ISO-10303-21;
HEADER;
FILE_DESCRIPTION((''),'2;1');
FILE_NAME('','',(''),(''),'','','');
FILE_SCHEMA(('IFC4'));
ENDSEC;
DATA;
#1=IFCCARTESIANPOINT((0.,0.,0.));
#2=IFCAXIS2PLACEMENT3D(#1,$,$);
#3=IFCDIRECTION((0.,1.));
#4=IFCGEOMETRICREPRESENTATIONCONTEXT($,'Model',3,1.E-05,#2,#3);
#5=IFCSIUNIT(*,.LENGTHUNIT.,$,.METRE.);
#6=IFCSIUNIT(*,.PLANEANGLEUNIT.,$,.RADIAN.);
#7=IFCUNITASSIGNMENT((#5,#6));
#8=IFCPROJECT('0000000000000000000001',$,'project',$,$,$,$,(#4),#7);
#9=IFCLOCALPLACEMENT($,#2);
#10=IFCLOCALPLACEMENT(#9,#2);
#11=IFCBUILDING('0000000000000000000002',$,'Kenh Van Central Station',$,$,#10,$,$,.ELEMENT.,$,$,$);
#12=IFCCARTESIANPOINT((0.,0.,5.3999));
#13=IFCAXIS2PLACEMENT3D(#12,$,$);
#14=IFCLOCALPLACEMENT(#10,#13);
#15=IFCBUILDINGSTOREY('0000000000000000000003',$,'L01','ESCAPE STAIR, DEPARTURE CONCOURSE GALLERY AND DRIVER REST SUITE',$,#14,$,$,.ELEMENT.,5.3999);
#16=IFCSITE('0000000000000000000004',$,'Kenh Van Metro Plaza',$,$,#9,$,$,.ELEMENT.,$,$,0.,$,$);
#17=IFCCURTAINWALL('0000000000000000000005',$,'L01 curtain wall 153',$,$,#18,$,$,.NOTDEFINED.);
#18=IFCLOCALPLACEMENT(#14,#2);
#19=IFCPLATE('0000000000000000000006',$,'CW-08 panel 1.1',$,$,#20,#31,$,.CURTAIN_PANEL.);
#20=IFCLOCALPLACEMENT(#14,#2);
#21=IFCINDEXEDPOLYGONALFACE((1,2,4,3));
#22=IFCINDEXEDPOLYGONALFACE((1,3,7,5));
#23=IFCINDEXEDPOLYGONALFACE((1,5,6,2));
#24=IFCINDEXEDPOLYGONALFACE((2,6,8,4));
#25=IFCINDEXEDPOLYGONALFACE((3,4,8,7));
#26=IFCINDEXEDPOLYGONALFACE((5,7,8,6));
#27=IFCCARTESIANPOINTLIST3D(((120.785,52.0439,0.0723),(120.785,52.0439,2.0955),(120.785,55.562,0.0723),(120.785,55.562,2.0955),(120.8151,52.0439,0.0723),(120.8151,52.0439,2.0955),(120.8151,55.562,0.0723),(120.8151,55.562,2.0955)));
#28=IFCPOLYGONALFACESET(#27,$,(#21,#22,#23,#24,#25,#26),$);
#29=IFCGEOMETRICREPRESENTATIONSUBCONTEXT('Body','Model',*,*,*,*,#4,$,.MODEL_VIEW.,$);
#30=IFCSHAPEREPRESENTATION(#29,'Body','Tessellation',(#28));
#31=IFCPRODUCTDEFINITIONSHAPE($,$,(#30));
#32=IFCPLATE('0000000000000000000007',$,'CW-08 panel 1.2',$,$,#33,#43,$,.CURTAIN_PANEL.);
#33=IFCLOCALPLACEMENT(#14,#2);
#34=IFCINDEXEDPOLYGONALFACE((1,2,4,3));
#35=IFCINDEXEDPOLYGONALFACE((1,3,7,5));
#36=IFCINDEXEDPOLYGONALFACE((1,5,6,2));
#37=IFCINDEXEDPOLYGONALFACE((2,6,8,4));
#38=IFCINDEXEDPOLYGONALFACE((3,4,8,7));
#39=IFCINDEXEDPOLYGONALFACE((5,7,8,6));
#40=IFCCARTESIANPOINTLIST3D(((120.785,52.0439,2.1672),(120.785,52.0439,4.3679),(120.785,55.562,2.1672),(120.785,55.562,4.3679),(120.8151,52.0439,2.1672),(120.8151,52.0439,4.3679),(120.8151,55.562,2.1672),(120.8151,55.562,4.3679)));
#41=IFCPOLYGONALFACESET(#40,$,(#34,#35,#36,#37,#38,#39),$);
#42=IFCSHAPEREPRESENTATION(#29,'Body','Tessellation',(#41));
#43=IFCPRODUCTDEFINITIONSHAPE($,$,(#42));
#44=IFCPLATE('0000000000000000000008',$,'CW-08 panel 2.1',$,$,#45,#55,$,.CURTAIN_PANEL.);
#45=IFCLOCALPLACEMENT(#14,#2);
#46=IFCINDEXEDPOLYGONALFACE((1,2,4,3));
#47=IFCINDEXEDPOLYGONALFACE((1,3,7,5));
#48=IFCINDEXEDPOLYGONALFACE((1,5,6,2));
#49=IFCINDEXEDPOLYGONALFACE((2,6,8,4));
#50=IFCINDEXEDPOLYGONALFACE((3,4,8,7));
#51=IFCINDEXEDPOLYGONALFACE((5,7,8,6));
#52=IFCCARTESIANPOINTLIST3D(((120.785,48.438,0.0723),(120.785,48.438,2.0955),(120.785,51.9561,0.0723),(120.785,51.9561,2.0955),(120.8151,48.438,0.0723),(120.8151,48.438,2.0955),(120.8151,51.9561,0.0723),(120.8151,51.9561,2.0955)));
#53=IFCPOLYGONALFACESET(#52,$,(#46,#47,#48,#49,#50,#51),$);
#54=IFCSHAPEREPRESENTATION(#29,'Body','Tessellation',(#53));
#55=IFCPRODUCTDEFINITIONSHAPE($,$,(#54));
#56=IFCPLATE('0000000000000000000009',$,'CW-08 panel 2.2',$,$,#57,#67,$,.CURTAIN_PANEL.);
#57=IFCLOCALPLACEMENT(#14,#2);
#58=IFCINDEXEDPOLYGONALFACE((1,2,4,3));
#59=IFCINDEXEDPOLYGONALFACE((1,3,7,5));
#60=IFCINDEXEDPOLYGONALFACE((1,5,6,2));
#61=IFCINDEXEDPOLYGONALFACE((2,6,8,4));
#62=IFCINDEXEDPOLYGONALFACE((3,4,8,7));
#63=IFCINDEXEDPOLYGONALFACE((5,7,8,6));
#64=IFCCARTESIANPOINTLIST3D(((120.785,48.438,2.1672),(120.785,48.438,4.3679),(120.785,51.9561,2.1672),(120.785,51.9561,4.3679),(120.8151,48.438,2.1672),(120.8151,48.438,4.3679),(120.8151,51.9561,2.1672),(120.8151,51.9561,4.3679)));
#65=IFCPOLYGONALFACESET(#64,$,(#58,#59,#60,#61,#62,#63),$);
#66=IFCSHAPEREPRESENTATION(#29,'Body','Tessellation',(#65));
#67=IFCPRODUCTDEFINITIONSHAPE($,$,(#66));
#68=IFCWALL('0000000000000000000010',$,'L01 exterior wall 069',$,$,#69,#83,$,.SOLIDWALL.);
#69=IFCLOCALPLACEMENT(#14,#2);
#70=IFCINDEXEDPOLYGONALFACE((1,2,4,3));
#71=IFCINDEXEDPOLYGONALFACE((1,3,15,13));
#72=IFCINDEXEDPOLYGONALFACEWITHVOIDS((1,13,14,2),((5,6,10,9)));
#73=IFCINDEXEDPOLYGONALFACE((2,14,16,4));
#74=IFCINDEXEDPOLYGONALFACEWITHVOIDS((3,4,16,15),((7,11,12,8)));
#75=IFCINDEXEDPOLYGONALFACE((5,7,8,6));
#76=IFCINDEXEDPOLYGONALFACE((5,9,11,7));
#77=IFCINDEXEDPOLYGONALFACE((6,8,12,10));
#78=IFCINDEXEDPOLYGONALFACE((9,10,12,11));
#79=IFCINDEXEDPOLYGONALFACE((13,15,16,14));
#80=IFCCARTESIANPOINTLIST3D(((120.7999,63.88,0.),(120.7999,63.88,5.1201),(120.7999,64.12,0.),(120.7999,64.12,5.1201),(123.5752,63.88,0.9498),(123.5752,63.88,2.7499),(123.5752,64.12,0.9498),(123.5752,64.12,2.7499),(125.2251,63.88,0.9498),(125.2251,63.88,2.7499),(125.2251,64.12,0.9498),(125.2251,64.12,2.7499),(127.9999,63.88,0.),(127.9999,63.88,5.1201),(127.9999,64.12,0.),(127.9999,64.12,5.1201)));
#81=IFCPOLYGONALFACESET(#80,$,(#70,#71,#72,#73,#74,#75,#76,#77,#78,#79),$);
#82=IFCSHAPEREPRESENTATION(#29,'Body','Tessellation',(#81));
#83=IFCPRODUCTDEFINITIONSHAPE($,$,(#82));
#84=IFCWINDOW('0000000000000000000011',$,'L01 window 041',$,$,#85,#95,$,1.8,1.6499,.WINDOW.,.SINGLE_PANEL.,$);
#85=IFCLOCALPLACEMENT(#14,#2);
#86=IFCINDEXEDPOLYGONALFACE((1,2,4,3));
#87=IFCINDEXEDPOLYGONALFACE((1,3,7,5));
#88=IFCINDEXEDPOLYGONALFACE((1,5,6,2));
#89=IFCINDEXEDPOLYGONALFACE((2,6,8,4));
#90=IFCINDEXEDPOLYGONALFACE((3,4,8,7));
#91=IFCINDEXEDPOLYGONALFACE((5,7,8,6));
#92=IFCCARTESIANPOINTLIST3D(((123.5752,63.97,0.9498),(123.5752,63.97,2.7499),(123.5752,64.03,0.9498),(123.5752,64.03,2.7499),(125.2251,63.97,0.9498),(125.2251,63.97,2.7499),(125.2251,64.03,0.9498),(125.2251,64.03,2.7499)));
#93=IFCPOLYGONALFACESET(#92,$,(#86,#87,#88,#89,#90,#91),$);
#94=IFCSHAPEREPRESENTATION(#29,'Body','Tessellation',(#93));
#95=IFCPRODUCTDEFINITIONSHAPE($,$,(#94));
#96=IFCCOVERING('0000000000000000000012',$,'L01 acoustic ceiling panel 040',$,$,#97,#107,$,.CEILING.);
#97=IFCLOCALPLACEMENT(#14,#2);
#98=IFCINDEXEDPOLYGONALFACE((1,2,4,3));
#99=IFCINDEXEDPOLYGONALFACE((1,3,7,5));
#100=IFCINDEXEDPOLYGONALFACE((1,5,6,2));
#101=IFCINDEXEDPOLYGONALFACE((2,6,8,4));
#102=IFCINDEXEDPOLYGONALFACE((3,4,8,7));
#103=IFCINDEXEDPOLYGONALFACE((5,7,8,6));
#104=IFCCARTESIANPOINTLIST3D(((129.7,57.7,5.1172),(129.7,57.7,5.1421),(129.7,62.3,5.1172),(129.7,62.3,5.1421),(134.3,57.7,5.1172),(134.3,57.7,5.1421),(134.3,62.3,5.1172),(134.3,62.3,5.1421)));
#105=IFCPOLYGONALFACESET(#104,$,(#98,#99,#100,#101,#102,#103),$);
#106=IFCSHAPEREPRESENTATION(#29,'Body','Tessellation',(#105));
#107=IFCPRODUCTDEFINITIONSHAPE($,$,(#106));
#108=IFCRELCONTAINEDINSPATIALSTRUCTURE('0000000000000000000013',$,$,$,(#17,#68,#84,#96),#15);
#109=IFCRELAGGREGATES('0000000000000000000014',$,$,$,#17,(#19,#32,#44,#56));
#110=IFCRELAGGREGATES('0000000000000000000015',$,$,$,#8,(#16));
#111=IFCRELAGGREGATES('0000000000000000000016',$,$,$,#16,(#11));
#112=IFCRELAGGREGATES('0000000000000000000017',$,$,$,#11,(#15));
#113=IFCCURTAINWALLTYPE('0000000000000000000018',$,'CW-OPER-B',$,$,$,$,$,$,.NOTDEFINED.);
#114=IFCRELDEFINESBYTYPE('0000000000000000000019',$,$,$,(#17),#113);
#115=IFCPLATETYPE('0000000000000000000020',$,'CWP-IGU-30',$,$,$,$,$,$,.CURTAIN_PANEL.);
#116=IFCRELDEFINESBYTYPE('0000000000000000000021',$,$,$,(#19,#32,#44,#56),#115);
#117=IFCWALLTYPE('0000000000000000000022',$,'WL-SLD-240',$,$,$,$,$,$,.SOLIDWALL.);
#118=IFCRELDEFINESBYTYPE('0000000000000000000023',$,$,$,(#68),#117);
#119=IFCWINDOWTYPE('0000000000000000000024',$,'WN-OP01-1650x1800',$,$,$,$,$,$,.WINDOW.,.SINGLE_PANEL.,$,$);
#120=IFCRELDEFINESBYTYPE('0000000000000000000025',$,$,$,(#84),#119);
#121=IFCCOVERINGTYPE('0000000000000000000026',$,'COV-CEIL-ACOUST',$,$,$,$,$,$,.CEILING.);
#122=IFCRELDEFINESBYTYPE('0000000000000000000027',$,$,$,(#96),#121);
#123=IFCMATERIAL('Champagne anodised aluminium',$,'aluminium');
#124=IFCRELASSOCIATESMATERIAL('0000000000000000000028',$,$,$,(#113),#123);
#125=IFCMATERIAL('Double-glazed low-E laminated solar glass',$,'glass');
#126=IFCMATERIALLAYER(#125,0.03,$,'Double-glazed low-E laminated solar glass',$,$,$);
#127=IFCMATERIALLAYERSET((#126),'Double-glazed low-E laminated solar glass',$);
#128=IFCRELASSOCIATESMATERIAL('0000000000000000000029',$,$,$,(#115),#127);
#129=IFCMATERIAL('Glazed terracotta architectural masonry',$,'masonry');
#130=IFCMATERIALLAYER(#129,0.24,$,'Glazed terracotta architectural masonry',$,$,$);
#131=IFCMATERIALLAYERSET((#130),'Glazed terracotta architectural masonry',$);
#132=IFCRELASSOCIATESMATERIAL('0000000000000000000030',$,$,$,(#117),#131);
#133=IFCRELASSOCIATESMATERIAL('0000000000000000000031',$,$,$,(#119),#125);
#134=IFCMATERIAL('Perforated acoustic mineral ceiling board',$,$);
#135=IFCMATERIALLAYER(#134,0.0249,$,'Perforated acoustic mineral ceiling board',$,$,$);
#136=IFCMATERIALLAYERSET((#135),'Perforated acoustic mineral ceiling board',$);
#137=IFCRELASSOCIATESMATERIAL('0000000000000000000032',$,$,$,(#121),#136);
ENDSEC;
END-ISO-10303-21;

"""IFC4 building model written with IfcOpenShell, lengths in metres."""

from ifc_helpers import new_model, si_unit, direction, frame, frame_2d, origin, origin_2d, place, context, subcontext, project, spatial, rectangle, extrude, material, layer, layer_set, type_object, element, fill, aggregate, save


model = new_model("IFC4")

# Units and contexts
model_context = context("Model", 3, precision=1e-05, world=origin(), true_north=direction((0.0, 1.0)))
body_context = subcontext(model_context, "Body", "Model", "MODEL_VIEW")
ifc_project = project(units=[si_unit("LENGTHUNIT", "METRE"), si_unit("PLANEANGLEUNIT", "RADIAN")], contexts=[model_context])

# Site, building, storey
site_placement = place(None, origin())
site = spatial("IfcSite", under=ifc_project, at=site_placement, Name="Kenh Van Metro Plaza", CompositionType="ELEMENT", RefElevation=0.0)
building_placement = place(site_placement, origin())
building = spatial("IfcBuilding", under=site, at=building_placement, Name="Kenh Van Central Station", CompositionType="ELEMENT")
storey_placement = place(building_placement, frame((0.0, 0.0, 5.3999)))
storey = spatial("IfcBuildingStorey", under=building, at=storey_placement, Name="L01", Description="ESCAPE STAIR, DEPARTURE CONCOURSE GALLERY AND DRIVER REST SUITE", CompositionType="ELEMENT", Elevation=5.3999)

# Curtain wall
ifc_material_1 = material(Name="Champagne anodised aluminium", Category="aluminium")
curtain_wall_type = type_object("IfcCurtainWallType", Name="CW-OPER-B", PredefinedType="NOTDEFINED", material=ifc_material_1)
curtain_wall_1_placement = place(storey_placement, origin())
curtain_wall_1 = element("IfcCurtainWall", 1, at=curtain_wall_1_placement, inside=storey, type_object=curtain_wall_type, Name="L01 curtain wall 153", PredefinedType="NOTDEFINED")

# Plates
ifc_material_2 = material(Name="Double-glazed low-E laminated solar glass", Category="glass")
ifc_layer_1 = layer(ifc_material_2, 0.03, Name="Double-glazed low-E laminated solar glass")
ifc_layer_set_1 = layer_set([ifc_layer_1], Name="Double-glazed low-E laminated solar glass")
plate_type = type_object("IfcPlateType", Name="CWP-IGU-30", PredefinedType="CURTAIN_PANEL", material=ifc_layer_set_1)
plate_1_placement = place(storey_placement, frame((120.8, 53.803, 0.0723), z_axis=(0.0, 0.0, 1.0), x_axis=(0.0, -1.0, 0.0)))
plate_1 = element("IfcPlate", 2, at=plate_1_placement, type_object=plate_type, Name="CW-08 panel 1.1", PredefinedType="CURTAIN_PANEL", context=body_context, shape_type="SweptSolid", body=[
    extrude(rectangle(XDim=3.5181, YDim=0.03, at=origin_2d()), origin(), (0.0, 0.0, 1.0), 2.0232),
])
plate_2_placement = place(storey_placement, frame((120.8, 53.803, 2.1672), z_axis=(0.0, 0.0, 1.0), x_axis=(0.0, -1.0, 0.0)))
plate_2 = element("IfcPlate", 3, at=plate_2_placement, type_object=plate_type, Name="CW-08 panel 1.2", PredefinedType="CURTAIN_PANEL", context=body_context, shape_type="SweptSolid", body=[
    extrude(rectangle(XDim=3.5181, YDim=0.03, at=origin_2d()), origin(), (0.0, 0.0, 1.0), 2.2007),
])
plate_3_placement = place(storey_placement, frame((120.8, 50.197, 0.0723), z_axis=(0.0, 0.0, 1.0), x_axis=(0.0, -1.0, 0.0)))
plate_3 = element("IfcPlate", 4, at=plate_3_placement, type_object=plate_type, Name="CW-08 panel 2.1", PredefinedType="CURTAIN_PANEL", context=body_context, shape_type="SweptSolid", body=[
    extrude(rectangle(XDim=3.5181, YDim=0.03, at=origin_2d()), origin(), (0.0, 0.0, 1.0), 2.0232),
])
plate_4_placement = place(storey_placement, frame((120.8, 50.197, 2.1672), z_axis=(0.0, 0.0, 1.0), x_axis=(0.0, -1.0, 0.0)))
plate_4 = element("IfcPlate", 5, at=plate_4_placement, type_object=plate_type, Name="CW-08 panel 2.2", PredefinedType="CURTAIN_PANEL", context=body_context, shape_type="SweptSolid", body=[
    extrude(rectangle(XDim=3.5181, YDim=0.03, at=origin_2d()), origin(), (0.0, 0.0, 1.0), 2.2007),
])
aggregate(curtain_wall_1, [plate_1, plate_2, plate_3, plate_4])

# Wall, opening, window
ifc_material_3 = material(Name="Glazed terracotta architectural masonry", Category="masonry")
ifc_layer_2 = layer(ifc_material_3, 0.24, Name="Glazed terracotta architectural masonry")
ifc_layer_set_2 = layer_set([ifc_layer_2], Name="Glazed terracotta architectural masonry")
wall_type = type_object("IfcWallType", Name="WL-SLD-240", PredefinedType="SOLIDWALL", material=ifc_layer_set_2)
wall_placement = place(storey_placement, frame((128.0, 64.0, 0.0), z_axis=(0.0, 0.0, 1.0), x_axis=(-1.0, 0.0, 0.0)))
wall = element("IfcWall", 6, at=wall_placement, inside=storey, type_object=wall_type, Name="L01 exterior wall 069", PredefinedType="SOLIDWALL", context=body_context, shape_type="SweptSolid", body=[
    extrude(rectangle(XDim=7.2, YDim=0.24, at=frame_2d((3.6001, 0.0))), origin(), (0.0, 0.0, 1.0), 5.1201),
])
opening_placement = place(wall_placement, frame((2.7749, 0.0, 0.95)))
opening = element("IfcOpeningElement", 7, at=opening_placement, cuts=wall, PredefinedType="OPENING", context=body_context, shape_type="SweptSolid", body=[
    extrude(rectangle(XDim=1.6499, YDim=1.8, at=frame_2d((0.825, 0.8999))), frame((0.0, 0.1299, 0.0), z_axis=(0.0, -1.0, 0.0), x_axis=(1.0, 0.0, 0.0)), (0.0, 0.0, 1.0), 0.26),
])
window_type = type_object("IfcWindowType", Name="WN-OP01-1650x1800", PartitioningType="SINGLE_PANEL", PredefinedType="WINDOW", material=ifc_material_2)
window_placement = place(opening_placement, origin())
window = element("IfcWindow", 8, at=window_placement, inside=storey, type_object=window_type, Name="L01 window 041", OverallHeight=1.8, OverallWidth=1.6499, PartitioningType="SINGLE_PANEL", PredefinedType="WINDOW", context=body_context, shape_type="SweptSolid", body=[
    extrude(rectangle(XDim=1.6499, YDim=1.8, at=frame_2d((0.825, 0.8999))), frame((0.0, 0.03, 0.0), z_axis=(0.0, -1.0, 0.0), x_axis=(1.0, 0.0, 0.0)), (0.0, 0.0, 1.0), 0.0601),
])
fill(opening, window)

# Covering
ifc_material_4 = material(Name="Perforated acoustic mineral ceiling board")
ifc_layer_3 = layer(ifc_material_4, 0.0249, Name="Perforated acoustic mineral ceiling board")
ifc_layer_set_3 = layer_set([ifc_layer_3], Name="Perforated acoustic mineral ceiling board")
covering_type = type_object("IfcCoveringType", Name="COV-CEIL-ACOUST", PredefinedType="CEILING", material=ifc_layer_set_3)
covering_placement = place(storey_placement, frame((132.0, 60.0, 5.1172), z_axis=(0.0, 0.0, 1.0), x_axis=(1.0, 0.0, 0.0)))
element("IfcCovering", 9, at=covering_placement, inside=storey, type_object=covering_type, Name="L01 acoustic ceiling panel 040", PredefinedType="CEILING", context=body_context, shape_type="SweptSolid", body=[
    extrude(rectangle(XDim=4.6001, YDim=4.6001, at=origin_2d()), origin(), (0.0, 0.0, 1.0), 0.0249),
])

save(model, "model.ifc")
